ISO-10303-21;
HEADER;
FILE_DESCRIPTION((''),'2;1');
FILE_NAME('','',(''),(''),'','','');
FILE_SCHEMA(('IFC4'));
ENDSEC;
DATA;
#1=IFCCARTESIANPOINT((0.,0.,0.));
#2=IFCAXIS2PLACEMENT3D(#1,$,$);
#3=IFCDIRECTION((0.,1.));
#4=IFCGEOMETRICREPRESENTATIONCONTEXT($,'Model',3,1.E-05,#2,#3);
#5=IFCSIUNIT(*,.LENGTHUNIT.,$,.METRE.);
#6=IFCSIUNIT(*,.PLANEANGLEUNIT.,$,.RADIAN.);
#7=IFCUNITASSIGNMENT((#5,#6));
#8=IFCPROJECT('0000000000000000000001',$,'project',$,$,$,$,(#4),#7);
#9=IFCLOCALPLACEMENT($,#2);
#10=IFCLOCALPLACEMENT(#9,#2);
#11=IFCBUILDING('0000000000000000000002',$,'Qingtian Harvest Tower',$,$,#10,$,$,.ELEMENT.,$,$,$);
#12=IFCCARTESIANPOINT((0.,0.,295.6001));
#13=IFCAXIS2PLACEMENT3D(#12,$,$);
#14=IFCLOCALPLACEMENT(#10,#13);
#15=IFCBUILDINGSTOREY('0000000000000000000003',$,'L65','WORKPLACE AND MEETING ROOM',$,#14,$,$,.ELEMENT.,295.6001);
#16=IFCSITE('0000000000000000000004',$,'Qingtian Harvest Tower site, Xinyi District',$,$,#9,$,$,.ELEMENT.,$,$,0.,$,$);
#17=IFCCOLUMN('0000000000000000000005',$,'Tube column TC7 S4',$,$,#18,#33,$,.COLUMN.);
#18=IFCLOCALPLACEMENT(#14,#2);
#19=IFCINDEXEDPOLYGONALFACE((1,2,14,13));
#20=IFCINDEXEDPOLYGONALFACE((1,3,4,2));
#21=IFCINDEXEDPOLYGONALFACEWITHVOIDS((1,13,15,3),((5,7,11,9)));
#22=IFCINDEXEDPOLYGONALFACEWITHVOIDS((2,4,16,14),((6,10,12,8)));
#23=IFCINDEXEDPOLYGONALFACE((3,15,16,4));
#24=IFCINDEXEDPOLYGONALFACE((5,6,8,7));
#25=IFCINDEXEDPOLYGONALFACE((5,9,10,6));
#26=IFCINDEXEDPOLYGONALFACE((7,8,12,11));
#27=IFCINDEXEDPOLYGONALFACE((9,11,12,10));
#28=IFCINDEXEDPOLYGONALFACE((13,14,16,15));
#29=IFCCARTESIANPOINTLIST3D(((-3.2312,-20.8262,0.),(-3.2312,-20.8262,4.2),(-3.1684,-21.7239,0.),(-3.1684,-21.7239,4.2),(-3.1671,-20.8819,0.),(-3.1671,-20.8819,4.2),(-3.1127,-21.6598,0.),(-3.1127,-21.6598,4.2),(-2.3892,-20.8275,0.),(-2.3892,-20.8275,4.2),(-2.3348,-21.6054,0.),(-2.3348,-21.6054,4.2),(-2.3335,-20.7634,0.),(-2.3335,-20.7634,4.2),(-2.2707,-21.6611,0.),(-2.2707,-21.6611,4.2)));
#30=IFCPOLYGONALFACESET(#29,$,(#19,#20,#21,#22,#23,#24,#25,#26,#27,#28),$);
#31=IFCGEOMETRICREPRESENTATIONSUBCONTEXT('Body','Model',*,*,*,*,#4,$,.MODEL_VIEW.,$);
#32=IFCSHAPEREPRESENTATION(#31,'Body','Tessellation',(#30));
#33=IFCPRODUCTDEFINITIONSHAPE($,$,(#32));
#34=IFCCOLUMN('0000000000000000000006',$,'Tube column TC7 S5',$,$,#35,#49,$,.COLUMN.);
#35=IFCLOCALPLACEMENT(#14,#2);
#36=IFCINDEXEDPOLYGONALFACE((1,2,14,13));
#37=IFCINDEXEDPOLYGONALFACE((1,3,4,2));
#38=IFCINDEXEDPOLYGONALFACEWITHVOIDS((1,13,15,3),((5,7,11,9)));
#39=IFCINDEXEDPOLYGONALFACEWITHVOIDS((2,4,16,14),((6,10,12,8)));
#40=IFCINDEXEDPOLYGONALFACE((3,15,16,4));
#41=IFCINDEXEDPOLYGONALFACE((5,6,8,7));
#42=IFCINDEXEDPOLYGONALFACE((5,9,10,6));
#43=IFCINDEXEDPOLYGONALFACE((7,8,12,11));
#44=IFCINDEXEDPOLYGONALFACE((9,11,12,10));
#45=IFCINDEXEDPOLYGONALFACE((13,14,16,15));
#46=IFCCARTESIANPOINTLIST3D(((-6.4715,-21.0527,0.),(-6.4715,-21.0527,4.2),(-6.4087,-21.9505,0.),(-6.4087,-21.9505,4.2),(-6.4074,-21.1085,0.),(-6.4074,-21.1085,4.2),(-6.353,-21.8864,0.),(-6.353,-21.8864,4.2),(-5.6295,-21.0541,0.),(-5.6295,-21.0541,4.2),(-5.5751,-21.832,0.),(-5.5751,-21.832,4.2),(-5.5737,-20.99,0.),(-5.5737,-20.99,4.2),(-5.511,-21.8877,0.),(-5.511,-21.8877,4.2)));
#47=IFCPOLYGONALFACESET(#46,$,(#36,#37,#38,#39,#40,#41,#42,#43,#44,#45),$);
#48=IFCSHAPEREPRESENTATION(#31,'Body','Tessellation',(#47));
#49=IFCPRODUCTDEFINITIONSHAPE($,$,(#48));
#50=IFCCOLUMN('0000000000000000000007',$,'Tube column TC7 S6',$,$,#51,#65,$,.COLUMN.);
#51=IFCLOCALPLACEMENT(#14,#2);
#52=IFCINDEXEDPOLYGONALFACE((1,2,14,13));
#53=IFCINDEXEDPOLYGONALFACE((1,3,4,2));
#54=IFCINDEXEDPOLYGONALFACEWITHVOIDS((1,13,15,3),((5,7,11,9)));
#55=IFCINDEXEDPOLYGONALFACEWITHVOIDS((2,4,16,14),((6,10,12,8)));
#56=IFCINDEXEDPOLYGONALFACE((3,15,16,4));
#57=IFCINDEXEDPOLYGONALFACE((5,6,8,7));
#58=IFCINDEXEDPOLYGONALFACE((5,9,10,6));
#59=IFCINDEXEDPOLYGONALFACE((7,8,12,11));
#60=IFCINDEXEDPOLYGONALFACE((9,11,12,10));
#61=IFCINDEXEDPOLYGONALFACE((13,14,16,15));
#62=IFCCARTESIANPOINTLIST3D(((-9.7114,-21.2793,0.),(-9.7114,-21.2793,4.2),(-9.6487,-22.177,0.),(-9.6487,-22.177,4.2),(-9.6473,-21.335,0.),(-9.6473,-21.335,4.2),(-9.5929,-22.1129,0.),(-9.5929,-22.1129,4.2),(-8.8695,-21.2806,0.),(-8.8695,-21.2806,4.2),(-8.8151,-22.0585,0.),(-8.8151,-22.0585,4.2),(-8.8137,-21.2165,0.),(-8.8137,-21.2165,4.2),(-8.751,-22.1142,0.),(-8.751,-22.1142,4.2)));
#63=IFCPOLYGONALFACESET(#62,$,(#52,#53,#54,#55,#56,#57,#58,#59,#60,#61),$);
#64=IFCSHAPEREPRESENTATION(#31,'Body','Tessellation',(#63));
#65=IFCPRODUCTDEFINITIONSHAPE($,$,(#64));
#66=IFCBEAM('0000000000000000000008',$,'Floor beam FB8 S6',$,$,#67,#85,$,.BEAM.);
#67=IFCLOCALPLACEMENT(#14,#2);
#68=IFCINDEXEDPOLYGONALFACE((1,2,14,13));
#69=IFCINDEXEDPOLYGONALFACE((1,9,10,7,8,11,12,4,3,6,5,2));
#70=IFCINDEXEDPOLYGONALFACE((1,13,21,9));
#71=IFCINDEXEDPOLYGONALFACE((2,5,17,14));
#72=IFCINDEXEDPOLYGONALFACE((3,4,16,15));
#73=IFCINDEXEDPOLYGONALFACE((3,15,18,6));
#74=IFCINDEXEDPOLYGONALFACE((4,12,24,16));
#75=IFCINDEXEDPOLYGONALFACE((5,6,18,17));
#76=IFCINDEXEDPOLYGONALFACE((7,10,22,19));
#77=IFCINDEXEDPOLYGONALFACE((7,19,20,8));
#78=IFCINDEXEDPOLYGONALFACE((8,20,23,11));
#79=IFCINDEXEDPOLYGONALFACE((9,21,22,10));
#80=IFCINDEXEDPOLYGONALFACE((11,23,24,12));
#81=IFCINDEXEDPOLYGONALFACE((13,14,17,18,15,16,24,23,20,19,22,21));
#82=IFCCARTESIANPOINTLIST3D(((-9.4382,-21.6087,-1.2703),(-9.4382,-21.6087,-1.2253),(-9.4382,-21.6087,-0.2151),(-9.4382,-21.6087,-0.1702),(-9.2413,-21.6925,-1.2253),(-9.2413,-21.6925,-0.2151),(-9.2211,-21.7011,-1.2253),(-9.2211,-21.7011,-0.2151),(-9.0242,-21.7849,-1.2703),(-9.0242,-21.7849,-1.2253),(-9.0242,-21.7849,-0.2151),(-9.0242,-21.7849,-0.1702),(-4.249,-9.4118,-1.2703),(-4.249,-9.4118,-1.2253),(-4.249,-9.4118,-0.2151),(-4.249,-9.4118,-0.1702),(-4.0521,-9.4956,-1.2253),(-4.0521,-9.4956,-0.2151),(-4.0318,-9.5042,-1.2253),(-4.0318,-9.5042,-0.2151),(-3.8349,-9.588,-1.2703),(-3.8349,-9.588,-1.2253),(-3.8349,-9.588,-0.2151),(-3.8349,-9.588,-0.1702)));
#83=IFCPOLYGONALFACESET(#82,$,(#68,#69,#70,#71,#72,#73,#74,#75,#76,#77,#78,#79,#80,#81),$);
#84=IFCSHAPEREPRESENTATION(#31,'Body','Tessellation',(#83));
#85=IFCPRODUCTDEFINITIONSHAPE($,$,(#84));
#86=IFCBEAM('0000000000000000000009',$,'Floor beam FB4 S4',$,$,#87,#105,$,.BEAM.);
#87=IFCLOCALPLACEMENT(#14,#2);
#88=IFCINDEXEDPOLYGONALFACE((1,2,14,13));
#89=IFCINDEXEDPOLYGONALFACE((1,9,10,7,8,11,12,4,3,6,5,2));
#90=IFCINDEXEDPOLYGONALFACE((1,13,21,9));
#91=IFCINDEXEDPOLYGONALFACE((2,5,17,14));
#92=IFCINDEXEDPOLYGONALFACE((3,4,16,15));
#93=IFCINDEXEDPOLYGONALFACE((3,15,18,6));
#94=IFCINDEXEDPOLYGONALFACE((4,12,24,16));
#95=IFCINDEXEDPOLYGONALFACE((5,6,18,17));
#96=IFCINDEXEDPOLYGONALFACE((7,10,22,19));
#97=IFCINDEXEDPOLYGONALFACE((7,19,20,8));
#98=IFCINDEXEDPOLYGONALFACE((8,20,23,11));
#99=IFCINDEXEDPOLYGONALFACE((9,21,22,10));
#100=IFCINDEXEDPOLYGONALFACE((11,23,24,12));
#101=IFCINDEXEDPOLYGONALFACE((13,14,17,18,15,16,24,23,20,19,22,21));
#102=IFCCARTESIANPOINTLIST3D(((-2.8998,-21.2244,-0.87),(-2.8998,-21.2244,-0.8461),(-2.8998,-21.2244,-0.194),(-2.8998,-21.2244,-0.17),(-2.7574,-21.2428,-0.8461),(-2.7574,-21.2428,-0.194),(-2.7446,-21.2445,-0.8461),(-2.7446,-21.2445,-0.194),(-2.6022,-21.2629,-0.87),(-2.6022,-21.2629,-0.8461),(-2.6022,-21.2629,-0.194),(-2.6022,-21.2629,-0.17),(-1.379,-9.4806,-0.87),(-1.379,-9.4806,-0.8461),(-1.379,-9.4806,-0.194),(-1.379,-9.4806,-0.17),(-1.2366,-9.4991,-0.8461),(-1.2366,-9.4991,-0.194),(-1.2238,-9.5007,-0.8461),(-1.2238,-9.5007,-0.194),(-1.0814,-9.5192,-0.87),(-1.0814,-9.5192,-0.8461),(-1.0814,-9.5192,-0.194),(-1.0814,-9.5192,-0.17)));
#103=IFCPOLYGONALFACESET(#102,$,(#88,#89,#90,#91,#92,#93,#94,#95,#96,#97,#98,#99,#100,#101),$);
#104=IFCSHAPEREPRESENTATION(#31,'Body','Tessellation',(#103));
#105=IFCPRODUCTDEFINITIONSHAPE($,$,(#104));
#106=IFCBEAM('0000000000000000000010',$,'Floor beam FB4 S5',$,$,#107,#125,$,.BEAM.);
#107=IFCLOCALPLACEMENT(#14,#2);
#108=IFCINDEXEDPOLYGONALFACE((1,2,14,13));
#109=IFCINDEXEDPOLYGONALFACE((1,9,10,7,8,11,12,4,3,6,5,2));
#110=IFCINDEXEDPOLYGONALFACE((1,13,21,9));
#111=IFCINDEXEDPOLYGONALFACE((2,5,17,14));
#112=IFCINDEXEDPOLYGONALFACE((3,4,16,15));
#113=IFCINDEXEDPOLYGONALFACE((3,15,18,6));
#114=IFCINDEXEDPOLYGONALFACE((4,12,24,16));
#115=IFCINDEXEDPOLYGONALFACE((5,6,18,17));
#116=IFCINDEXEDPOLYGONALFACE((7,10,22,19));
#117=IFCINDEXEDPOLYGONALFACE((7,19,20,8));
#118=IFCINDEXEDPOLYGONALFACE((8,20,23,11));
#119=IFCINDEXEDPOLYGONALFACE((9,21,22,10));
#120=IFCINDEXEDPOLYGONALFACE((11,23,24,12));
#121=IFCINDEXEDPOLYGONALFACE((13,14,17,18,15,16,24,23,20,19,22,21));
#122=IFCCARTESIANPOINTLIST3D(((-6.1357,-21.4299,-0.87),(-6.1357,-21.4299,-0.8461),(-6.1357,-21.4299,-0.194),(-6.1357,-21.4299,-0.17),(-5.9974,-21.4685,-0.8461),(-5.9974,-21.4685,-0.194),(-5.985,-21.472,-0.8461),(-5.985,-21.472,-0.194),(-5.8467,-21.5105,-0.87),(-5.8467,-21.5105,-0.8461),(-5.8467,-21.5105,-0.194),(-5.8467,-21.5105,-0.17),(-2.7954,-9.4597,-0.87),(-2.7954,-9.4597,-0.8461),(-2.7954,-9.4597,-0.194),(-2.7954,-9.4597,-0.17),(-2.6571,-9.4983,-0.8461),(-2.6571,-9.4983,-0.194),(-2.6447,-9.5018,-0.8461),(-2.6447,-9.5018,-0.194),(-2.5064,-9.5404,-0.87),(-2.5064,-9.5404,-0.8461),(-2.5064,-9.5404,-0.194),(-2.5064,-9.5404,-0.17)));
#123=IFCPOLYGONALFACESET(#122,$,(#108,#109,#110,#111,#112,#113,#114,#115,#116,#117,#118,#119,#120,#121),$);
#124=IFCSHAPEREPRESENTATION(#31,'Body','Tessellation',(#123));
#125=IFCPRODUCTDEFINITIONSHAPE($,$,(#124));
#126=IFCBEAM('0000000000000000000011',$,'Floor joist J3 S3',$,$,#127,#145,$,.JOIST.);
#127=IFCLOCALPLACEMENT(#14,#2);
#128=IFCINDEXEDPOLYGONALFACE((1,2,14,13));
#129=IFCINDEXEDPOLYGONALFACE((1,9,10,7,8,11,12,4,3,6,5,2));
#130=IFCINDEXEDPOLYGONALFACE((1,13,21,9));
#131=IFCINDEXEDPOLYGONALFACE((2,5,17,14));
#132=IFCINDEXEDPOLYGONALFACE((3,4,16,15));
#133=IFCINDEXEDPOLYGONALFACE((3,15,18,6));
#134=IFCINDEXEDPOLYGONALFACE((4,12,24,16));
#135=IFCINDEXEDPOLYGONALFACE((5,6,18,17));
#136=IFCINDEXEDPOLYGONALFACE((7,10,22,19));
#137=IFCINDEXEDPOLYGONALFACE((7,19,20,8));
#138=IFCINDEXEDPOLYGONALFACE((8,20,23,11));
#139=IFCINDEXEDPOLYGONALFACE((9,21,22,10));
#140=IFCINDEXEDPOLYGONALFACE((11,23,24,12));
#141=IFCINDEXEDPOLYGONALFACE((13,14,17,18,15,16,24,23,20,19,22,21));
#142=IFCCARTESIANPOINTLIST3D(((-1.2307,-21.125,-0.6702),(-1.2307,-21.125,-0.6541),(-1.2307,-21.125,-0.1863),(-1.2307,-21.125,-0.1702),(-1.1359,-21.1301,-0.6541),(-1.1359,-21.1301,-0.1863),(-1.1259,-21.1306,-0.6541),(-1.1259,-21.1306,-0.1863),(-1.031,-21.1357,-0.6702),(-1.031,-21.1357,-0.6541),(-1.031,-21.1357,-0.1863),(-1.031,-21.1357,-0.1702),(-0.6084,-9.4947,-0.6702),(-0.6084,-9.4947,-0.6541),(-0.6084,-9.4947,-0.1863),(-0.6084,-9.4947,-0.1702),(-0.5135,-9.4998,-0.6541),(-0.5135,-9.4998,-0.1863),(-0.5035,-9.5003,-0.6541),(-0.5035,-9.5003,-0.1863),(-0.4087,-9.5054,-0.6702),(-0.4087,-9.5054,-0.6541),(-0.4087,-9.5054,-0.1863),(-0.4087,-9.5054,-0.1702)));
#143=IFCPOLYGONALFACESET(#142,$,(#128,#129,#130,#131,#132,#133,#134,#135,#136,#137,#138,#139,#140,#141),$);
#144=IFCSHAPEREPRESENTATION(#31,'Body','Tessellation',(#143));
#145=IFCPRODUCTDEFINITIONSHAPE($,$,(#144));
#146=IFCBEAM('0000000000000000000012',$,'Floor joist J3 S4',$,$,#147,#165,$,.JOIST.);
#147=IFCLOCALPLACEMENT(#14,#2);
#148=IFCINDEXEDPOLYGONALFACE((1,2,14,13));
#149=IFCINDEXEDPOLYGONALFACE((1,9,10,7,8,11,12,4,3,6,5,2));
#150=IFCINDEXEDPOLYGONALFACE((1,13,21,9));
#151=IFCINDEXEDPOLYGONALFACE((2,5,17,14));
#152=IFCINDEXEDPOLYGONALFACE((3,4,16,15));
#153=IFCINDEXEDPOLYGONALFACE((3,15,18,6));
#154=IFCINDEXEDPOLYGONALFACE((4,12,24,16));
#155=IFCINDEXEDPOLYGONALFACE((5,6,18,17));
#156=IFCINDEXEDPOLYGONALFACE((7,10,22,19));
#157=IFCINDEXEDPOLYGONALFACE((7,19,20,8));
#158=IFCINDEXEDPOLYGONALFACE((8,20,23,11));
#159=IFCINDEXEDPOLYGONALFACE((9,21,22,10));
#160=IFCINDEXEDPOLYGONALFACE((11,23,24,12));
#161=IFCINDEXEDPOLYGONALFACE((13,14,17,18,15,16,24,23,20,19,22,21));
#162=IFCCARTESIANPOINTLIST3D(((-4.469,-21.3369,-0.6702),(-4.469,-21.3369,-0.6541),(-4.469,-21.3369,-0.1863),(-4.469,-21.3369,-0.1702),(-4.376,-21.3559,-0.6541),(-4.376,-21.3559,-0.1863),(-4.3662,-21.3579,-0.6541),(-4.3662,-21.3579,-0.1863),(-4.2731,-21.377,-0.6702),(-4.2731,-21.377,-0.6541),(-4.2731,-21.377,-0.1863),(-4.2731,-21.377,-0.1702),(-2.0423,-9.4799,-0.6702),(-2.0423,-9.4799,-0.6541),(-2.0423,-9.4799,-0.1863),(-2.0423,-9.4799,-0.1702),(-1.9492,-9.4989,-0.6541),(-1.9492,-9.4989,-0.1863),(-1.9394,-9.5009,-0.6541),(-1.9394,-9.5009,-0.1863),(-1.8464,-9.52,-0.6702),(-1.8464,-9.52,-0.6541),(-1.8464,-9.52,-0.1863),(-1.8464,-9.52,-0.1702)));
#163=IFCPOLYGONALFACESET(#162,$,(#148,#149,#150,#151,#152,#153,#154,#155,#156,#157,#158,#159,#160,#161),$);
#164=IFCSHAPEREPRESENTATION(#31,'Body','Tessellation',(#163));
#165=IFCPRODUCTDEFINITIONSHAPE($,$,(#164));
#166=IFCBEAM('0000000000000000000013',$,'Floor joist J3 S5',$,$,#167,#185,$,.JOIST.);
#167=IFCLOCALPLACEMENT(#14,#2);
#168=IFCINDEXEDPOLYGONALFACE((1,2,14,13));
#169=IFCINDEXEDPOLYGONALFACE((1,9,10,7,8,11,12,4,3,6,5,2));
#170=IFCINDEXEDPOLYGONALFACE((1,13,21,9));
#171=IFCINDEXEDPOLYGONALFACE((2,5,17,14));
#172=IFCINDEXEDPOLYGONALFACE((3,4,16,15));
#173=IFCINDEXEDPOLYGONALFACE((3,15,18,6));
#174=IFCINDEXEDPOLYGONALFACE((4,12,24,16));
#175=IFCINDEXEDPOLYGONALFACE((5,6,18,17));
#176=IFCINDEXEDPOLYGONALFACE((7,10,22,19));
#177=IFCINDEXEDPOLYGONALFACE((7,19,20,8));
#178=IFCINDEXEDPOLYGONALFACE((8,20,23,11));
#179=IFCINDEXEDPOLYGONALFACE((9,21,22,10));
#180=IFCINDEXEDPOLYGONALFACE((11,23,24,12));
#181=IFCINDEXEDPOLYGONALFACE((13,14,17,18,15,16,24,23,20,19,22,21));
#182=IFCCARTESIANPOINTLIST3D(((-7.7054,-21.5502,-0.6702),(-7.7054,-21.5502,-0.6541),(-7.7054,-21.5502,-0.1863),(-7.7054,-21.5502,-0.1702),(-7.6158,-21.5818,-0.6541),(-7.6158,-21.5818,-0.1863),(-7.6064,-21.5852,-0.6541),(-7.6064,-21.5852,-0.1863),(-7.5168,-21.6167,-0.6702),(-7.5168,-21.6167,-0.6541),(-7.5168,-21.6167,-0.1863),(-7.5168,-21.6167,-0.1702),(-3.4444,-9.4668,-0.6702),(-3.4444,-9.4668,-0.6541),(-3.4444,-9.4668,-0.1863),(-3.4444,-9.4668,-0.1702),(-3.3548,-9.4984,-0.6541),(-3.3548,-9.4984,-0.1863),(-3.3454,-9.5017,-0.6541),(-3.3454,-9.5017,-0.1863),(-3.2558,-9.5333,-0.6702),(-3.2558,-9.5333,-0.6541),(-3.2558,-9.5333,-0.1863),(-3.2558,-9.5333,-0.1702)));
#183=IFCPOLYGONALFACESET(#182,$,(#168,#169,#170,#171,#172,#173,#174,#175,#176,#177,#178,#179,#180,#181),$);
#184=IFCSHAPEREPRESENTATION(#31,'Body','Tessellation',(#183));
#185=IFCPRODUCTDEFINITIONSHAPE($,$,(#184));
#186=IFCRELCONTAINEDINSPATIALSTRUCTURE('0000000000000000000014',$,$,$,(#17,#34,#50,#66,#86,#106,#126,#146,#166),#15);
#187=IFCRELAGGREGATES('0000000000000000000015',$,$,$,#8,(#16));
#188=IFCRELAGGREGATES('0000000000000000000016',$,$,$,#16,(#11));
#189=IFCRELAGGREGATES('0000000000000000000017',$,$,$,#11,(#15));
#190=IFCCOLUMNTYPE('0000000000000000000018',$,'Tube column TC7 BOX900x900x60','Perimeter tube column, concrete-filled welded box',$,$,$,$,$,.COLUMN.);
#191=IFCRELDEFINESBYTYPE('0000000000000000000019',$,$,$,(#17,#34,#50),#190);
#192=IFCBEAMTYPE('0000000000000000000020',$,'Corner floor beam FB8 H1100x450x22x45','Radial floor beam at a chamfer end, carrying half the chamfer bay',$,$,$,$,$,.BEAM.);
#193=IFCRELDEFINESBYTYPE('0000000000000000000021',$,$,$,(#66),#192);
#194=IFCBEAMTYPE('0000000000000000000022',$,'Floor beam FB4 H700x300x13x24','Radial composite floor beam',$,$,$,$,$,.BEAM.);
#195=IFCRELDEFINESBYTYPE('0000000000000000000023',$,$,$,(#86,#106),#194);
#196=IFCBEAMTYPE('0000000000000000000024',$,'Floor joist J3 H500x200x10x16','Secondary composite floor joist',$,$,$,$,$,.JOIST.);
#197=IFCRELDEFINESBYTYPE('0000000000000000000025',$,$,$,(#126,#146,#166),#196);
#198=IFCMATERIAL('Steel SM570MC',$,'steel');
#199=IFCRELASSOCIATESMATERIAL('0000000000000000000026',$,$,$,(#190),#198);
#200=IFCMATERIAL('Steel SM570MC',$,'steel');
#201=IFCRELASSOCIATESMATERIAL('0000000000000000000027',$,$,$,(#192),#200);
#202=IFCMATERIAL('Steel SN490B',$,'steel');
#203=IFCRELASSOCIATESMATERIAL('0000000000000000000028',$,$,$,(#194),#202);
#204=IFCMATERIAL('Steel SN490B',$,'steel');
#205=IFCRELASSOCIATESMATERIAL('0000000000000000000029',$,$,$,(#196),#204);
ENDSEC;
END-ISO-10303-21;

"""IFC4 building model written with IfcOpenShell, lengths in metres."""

from ifc_helpers import new_model, si_unit, direction, frame, origin, origin_2d, place, context, subcontext, project, spatial, hollow_rectangle, i_section, extrude, material, material_profile, profile_set, type_object, element, save


model = new_model("IFC4")

# Units and contexts
model_context = context("Model", 3, precision=1e-05, world=origin(), true_north=direction((0.0, 1.0)))
body_context = subcontext(model_context, "Body", "Model", "MODEL_VIEW")
ifc_project = project(units=[si_unit("LENGTHUNIT", "METRE"), si_unit("PLANEANGLEUNIT", "RADIAN")], contexts=[model_context])

# Site, building, storey
site_placement = place(None, origin())
site = spatial("IfcSite", under=ifc_project, at=site_placement, Name="Qingtian Harvest Tower site, Xinyi District", CompositionType="ELEMENT", RefElevation=0.0)
building_placement = place(site_placement, origin())
building = spatial("IfcBuilding", under=site, at=building_placement, Name="Qingtian Harvest Tower", CompositionType="ELEMENT")
storey_placement = place(building_placement, frame((0.0, 0.0, 295.6001)))
storey = spatial("IfcBuildingStorey", under=building, at=storey_placement, Name="L65", Description="WORKPLACE AND MEETING ROOM", CompositionType="ELEMENT", Elevation=295.6001)

# Columns
ifc_material_1 = material(Name="Steel SM570MC", Category="steel")
ifc_material_profile_1 = material_profile(ifc_material_1, hollow_rectangle(XDim=0.8999, YDim=0.8999, WallThickness=0.0601, at=origin_2d()), Name="BOX900x900x60")
ifc_profile_set_1 = profile_set([ifc_material_profile_1], Name="Steel SM570MC")
column_type = type_object("IfcColumnType", Name="Tube column TC7 BOX900x900x60", Description="Perimeter tube column, concrete-filled welded box", PredefinedType="COLUMN", material=ifc_profile_set_1)
for number, where, z_axis, x_axis, name in (
    (1, (-2.751, -21.2437, 0.0), (0.0, 0.0, 1.0), (0.997564, 0.069756, 0.0), "Tube column TC7 S4"),
    (2, (-5.9912, -21.4702, 0.0), (0.0, 0.0, 1.0), (0.997564, 0.069756, 0.0), "Tube column TC7 S5"),
    (3, (-9.2312, -21.6968, 0.0), (0.0, 0.0, 1.0), (0.997564, 0.069756, 0.0), "Tube column TC7 S6"),
):
    element("IfcColumn", number, at=place(storey_placement, frame(where, z_axis=z_axis, x_axis=x_axis)), inside=storey, type_object=column_type, Name=name, PredefinedType="COLUMN", context=body_context, shape_type="SweptSolid", body=[
        extrude(hollow_rectangle(XDim=0.8999, YDim=0.8999, WallThickness=0.0601, at=origin_2d()), origin(), (0.0, 0.0, 1.0), 4.2),
    ])

# Beams
ifc_material_2 = material(Name="Steel SM570MC", Category="steel")
ifc_material_profile_2 = material_profile(ifc_material_2, i_section(OverallWidth=0.45, OverallDepth=1.1001, WebThickness=0.022, FlangeThickness=0.0449, at=origin_2d()), Name="H1100x450x22x45")
ifc_profile_set_2 = profile_set([ifc_material_profile_2], Name="Steel SM570MC")
beam_type_1 = type_object("IfcBeamType", Name="Corner floor beam FB8 H1100x450x22x45", Description="Radial floor beam at a chamfer end, carrying half the chamfer bay", PredefinedType="BEAM", material=ifc_profile_set_2)
beam_1_placement = place(storey_placement, frame((-9.2312, -21.6968, -0.7202), z_axis=(0.391497, 0.920179, 0.0), x_axis=(-0.920179, 0.391497, 0.0)))
element("IfcBeam", 4, at=beam_1_placement, inside=storey, type_object=beam_type_1, Name="Floor beam FB8 S6", PredefinedType="BEAM", context=body_context, shape_type="SweptSolid", body=[
    extrude(i_section(OverallWidth=0.45, OverallDepth=1.1001, WebThickness=0.022, FlangeThickness=0.0449, at=origin_2d()), origin(), (0.0, 0.0, 1.0), 13.2549),
])
ifc_material_3 = material(Name="Steel SN490B", Category="steel")
ifc_material_profile_3 = material_profile(ifc_material_3, i_section(OverallWidth=0.3, OverallDepth=0.7, WebThickness=0.0129, FlangeThickness=0.0239, at=origin_2d()), Name="H700x300x13x24")
ifc_profile_set_3 = profile_set([ifc_material_profile_3], Name="Steel SN490B")
beam_type_2 = type_object("IfcBeamType", Name="Floor beam FB4 H700x300x13x24", Description="Radial composite floor beam", PredefinedType="BEAM", material=ifc_profile_set_3)
beam_2_placement = place(storey_placement, frame((-2.751, -21.2437, -0.52), z_axis=(0.128423, 0.991719, 0.0), x_axis=(-0.991719, 0.128423, 0.0)))
element("IfcBeam", 5, at=beam_2_placement, inside=storey, type_object=beam_type_2, Name="Floor beam FB4 S4", PredefinedType="BEAM", context=body_context, shape_type="SweptSolid", body=[
    extrude(i_section(OverallWidth=0.3, OverallDepth=0.7, WebThickness=0.0129, FlangeThickness=0.0239, at=origin_2d()), origin(), (0.0, 0.0, 1.0), 11.8418),
])
beam_3_placement = place(storey_placement, frame((-5.9912, -21.4702, -0.52), z_axis=(0.268785, 0.9632, 0.0), x_axis=(-0.9632, 0.268785, 0.0)))
element("IfcBeam", 6, at=beam_3_placement, inside=storey, type_object=beam_type_2, Name="Floor beam FB4 S5", PredefinedType="BEAM", context=body_context, shape_type="SweptSolid", body=[
    extrude(i_section(OverallWidth=0.3, OverallDepth=0.7, WebThickness=0.0129, FlangeThickness=0.0239, at=origin_2d()), origin(), (0.0, 0.0, 1.0), 12.4275),
])
ifc_material_4 = material(Name="Steel SN490B", Category="steel")
ifc_material_profile_4 = material_profile(ifc_material_4, i_section(OverallWidth=0.2, OverallDepth=0.5, WebThickness=0.01, FlangeThickness=0.0161, at=origin_2d()), Name="H500x200x10x16")
ifc_profile_set_4 = profile_set([ifc_material_profile_4], Name="Steel SN490B")
beam_type_3 = type_object("IfcBeamType", Name="Floor joist J3 H500x200x10x16", Description="Secondary composite floor joist", PredefinedType="JOIST", material=ifc_profile_set_4)
beam_4_placement = place(storey_placement, frame((-1.1309, -21.1304, -0.4202), z_axis=(0.053431, 0.998572, 0.0), x_axis=(-0.998572, 0.053431, 0.0)))
element("IfcBeam", 7, at=beam_4_placement, inside=storey, type_object=beam_type_3, Name="Floor joist J3 S3", PredefinedType="JOIST", context=body_context, shape_type="SweptSolid", body=[
    extrude(i_section(OverallWidth=0.2, OverallDepth=0.5, WebThickness=0.01, FlangeThickness=0.0161, at=origin_2d()), origin(), (0.0, 0.0, 1.0), 11.647),
])
beam_5_placement = place(storey_placement, frame((-4.3711, -21.3569, -0.4202), z_axis=(0.200513, 0.979691, 0.0), x_axis=(-0.979691, 0.200513, 0.0)))
element("IfcBeam", 8, at=beam_5_placement, inside=storey, type_object=beam_type_3, Name="Floor joist J3 S4", PredefinedType="JOIST", context=body_context, shape_type="SweptSolid", body=[
    extrude(i_section(OverallWidth=0.2, OverallDepth=0.5, WebThickness=0.01, FlangeThickness=0.0161, at=origin_2d()), origin(), (0.0, 0.0, 1.0), 12.1028),
])
beam_6_placement = place(storey_placement, frame((-7.6111, -21.5835, -0.4202), z_axis=(0.332558, 0.943083, 0.0), x_axis=(-0.943083, 0.332558, 0.0)))
element("IfcBeam", 9, at=beam_6_placement, inside=storey, type_object=beam_type_3, Name="Floor joist J3 S5", PredefinedType="JOIST", context=body_context, shape_type="SweptSolid", body=[
    extrude(i_section(OverallWidth=0.2, OverallDepth=0.5, WebThickness=0.01, FlangeThickness=0.0161, at=origin_2d()), origin(), (0.0, 0.0, 1.0), 12.8127),
])

save(model, "model.ifc")
